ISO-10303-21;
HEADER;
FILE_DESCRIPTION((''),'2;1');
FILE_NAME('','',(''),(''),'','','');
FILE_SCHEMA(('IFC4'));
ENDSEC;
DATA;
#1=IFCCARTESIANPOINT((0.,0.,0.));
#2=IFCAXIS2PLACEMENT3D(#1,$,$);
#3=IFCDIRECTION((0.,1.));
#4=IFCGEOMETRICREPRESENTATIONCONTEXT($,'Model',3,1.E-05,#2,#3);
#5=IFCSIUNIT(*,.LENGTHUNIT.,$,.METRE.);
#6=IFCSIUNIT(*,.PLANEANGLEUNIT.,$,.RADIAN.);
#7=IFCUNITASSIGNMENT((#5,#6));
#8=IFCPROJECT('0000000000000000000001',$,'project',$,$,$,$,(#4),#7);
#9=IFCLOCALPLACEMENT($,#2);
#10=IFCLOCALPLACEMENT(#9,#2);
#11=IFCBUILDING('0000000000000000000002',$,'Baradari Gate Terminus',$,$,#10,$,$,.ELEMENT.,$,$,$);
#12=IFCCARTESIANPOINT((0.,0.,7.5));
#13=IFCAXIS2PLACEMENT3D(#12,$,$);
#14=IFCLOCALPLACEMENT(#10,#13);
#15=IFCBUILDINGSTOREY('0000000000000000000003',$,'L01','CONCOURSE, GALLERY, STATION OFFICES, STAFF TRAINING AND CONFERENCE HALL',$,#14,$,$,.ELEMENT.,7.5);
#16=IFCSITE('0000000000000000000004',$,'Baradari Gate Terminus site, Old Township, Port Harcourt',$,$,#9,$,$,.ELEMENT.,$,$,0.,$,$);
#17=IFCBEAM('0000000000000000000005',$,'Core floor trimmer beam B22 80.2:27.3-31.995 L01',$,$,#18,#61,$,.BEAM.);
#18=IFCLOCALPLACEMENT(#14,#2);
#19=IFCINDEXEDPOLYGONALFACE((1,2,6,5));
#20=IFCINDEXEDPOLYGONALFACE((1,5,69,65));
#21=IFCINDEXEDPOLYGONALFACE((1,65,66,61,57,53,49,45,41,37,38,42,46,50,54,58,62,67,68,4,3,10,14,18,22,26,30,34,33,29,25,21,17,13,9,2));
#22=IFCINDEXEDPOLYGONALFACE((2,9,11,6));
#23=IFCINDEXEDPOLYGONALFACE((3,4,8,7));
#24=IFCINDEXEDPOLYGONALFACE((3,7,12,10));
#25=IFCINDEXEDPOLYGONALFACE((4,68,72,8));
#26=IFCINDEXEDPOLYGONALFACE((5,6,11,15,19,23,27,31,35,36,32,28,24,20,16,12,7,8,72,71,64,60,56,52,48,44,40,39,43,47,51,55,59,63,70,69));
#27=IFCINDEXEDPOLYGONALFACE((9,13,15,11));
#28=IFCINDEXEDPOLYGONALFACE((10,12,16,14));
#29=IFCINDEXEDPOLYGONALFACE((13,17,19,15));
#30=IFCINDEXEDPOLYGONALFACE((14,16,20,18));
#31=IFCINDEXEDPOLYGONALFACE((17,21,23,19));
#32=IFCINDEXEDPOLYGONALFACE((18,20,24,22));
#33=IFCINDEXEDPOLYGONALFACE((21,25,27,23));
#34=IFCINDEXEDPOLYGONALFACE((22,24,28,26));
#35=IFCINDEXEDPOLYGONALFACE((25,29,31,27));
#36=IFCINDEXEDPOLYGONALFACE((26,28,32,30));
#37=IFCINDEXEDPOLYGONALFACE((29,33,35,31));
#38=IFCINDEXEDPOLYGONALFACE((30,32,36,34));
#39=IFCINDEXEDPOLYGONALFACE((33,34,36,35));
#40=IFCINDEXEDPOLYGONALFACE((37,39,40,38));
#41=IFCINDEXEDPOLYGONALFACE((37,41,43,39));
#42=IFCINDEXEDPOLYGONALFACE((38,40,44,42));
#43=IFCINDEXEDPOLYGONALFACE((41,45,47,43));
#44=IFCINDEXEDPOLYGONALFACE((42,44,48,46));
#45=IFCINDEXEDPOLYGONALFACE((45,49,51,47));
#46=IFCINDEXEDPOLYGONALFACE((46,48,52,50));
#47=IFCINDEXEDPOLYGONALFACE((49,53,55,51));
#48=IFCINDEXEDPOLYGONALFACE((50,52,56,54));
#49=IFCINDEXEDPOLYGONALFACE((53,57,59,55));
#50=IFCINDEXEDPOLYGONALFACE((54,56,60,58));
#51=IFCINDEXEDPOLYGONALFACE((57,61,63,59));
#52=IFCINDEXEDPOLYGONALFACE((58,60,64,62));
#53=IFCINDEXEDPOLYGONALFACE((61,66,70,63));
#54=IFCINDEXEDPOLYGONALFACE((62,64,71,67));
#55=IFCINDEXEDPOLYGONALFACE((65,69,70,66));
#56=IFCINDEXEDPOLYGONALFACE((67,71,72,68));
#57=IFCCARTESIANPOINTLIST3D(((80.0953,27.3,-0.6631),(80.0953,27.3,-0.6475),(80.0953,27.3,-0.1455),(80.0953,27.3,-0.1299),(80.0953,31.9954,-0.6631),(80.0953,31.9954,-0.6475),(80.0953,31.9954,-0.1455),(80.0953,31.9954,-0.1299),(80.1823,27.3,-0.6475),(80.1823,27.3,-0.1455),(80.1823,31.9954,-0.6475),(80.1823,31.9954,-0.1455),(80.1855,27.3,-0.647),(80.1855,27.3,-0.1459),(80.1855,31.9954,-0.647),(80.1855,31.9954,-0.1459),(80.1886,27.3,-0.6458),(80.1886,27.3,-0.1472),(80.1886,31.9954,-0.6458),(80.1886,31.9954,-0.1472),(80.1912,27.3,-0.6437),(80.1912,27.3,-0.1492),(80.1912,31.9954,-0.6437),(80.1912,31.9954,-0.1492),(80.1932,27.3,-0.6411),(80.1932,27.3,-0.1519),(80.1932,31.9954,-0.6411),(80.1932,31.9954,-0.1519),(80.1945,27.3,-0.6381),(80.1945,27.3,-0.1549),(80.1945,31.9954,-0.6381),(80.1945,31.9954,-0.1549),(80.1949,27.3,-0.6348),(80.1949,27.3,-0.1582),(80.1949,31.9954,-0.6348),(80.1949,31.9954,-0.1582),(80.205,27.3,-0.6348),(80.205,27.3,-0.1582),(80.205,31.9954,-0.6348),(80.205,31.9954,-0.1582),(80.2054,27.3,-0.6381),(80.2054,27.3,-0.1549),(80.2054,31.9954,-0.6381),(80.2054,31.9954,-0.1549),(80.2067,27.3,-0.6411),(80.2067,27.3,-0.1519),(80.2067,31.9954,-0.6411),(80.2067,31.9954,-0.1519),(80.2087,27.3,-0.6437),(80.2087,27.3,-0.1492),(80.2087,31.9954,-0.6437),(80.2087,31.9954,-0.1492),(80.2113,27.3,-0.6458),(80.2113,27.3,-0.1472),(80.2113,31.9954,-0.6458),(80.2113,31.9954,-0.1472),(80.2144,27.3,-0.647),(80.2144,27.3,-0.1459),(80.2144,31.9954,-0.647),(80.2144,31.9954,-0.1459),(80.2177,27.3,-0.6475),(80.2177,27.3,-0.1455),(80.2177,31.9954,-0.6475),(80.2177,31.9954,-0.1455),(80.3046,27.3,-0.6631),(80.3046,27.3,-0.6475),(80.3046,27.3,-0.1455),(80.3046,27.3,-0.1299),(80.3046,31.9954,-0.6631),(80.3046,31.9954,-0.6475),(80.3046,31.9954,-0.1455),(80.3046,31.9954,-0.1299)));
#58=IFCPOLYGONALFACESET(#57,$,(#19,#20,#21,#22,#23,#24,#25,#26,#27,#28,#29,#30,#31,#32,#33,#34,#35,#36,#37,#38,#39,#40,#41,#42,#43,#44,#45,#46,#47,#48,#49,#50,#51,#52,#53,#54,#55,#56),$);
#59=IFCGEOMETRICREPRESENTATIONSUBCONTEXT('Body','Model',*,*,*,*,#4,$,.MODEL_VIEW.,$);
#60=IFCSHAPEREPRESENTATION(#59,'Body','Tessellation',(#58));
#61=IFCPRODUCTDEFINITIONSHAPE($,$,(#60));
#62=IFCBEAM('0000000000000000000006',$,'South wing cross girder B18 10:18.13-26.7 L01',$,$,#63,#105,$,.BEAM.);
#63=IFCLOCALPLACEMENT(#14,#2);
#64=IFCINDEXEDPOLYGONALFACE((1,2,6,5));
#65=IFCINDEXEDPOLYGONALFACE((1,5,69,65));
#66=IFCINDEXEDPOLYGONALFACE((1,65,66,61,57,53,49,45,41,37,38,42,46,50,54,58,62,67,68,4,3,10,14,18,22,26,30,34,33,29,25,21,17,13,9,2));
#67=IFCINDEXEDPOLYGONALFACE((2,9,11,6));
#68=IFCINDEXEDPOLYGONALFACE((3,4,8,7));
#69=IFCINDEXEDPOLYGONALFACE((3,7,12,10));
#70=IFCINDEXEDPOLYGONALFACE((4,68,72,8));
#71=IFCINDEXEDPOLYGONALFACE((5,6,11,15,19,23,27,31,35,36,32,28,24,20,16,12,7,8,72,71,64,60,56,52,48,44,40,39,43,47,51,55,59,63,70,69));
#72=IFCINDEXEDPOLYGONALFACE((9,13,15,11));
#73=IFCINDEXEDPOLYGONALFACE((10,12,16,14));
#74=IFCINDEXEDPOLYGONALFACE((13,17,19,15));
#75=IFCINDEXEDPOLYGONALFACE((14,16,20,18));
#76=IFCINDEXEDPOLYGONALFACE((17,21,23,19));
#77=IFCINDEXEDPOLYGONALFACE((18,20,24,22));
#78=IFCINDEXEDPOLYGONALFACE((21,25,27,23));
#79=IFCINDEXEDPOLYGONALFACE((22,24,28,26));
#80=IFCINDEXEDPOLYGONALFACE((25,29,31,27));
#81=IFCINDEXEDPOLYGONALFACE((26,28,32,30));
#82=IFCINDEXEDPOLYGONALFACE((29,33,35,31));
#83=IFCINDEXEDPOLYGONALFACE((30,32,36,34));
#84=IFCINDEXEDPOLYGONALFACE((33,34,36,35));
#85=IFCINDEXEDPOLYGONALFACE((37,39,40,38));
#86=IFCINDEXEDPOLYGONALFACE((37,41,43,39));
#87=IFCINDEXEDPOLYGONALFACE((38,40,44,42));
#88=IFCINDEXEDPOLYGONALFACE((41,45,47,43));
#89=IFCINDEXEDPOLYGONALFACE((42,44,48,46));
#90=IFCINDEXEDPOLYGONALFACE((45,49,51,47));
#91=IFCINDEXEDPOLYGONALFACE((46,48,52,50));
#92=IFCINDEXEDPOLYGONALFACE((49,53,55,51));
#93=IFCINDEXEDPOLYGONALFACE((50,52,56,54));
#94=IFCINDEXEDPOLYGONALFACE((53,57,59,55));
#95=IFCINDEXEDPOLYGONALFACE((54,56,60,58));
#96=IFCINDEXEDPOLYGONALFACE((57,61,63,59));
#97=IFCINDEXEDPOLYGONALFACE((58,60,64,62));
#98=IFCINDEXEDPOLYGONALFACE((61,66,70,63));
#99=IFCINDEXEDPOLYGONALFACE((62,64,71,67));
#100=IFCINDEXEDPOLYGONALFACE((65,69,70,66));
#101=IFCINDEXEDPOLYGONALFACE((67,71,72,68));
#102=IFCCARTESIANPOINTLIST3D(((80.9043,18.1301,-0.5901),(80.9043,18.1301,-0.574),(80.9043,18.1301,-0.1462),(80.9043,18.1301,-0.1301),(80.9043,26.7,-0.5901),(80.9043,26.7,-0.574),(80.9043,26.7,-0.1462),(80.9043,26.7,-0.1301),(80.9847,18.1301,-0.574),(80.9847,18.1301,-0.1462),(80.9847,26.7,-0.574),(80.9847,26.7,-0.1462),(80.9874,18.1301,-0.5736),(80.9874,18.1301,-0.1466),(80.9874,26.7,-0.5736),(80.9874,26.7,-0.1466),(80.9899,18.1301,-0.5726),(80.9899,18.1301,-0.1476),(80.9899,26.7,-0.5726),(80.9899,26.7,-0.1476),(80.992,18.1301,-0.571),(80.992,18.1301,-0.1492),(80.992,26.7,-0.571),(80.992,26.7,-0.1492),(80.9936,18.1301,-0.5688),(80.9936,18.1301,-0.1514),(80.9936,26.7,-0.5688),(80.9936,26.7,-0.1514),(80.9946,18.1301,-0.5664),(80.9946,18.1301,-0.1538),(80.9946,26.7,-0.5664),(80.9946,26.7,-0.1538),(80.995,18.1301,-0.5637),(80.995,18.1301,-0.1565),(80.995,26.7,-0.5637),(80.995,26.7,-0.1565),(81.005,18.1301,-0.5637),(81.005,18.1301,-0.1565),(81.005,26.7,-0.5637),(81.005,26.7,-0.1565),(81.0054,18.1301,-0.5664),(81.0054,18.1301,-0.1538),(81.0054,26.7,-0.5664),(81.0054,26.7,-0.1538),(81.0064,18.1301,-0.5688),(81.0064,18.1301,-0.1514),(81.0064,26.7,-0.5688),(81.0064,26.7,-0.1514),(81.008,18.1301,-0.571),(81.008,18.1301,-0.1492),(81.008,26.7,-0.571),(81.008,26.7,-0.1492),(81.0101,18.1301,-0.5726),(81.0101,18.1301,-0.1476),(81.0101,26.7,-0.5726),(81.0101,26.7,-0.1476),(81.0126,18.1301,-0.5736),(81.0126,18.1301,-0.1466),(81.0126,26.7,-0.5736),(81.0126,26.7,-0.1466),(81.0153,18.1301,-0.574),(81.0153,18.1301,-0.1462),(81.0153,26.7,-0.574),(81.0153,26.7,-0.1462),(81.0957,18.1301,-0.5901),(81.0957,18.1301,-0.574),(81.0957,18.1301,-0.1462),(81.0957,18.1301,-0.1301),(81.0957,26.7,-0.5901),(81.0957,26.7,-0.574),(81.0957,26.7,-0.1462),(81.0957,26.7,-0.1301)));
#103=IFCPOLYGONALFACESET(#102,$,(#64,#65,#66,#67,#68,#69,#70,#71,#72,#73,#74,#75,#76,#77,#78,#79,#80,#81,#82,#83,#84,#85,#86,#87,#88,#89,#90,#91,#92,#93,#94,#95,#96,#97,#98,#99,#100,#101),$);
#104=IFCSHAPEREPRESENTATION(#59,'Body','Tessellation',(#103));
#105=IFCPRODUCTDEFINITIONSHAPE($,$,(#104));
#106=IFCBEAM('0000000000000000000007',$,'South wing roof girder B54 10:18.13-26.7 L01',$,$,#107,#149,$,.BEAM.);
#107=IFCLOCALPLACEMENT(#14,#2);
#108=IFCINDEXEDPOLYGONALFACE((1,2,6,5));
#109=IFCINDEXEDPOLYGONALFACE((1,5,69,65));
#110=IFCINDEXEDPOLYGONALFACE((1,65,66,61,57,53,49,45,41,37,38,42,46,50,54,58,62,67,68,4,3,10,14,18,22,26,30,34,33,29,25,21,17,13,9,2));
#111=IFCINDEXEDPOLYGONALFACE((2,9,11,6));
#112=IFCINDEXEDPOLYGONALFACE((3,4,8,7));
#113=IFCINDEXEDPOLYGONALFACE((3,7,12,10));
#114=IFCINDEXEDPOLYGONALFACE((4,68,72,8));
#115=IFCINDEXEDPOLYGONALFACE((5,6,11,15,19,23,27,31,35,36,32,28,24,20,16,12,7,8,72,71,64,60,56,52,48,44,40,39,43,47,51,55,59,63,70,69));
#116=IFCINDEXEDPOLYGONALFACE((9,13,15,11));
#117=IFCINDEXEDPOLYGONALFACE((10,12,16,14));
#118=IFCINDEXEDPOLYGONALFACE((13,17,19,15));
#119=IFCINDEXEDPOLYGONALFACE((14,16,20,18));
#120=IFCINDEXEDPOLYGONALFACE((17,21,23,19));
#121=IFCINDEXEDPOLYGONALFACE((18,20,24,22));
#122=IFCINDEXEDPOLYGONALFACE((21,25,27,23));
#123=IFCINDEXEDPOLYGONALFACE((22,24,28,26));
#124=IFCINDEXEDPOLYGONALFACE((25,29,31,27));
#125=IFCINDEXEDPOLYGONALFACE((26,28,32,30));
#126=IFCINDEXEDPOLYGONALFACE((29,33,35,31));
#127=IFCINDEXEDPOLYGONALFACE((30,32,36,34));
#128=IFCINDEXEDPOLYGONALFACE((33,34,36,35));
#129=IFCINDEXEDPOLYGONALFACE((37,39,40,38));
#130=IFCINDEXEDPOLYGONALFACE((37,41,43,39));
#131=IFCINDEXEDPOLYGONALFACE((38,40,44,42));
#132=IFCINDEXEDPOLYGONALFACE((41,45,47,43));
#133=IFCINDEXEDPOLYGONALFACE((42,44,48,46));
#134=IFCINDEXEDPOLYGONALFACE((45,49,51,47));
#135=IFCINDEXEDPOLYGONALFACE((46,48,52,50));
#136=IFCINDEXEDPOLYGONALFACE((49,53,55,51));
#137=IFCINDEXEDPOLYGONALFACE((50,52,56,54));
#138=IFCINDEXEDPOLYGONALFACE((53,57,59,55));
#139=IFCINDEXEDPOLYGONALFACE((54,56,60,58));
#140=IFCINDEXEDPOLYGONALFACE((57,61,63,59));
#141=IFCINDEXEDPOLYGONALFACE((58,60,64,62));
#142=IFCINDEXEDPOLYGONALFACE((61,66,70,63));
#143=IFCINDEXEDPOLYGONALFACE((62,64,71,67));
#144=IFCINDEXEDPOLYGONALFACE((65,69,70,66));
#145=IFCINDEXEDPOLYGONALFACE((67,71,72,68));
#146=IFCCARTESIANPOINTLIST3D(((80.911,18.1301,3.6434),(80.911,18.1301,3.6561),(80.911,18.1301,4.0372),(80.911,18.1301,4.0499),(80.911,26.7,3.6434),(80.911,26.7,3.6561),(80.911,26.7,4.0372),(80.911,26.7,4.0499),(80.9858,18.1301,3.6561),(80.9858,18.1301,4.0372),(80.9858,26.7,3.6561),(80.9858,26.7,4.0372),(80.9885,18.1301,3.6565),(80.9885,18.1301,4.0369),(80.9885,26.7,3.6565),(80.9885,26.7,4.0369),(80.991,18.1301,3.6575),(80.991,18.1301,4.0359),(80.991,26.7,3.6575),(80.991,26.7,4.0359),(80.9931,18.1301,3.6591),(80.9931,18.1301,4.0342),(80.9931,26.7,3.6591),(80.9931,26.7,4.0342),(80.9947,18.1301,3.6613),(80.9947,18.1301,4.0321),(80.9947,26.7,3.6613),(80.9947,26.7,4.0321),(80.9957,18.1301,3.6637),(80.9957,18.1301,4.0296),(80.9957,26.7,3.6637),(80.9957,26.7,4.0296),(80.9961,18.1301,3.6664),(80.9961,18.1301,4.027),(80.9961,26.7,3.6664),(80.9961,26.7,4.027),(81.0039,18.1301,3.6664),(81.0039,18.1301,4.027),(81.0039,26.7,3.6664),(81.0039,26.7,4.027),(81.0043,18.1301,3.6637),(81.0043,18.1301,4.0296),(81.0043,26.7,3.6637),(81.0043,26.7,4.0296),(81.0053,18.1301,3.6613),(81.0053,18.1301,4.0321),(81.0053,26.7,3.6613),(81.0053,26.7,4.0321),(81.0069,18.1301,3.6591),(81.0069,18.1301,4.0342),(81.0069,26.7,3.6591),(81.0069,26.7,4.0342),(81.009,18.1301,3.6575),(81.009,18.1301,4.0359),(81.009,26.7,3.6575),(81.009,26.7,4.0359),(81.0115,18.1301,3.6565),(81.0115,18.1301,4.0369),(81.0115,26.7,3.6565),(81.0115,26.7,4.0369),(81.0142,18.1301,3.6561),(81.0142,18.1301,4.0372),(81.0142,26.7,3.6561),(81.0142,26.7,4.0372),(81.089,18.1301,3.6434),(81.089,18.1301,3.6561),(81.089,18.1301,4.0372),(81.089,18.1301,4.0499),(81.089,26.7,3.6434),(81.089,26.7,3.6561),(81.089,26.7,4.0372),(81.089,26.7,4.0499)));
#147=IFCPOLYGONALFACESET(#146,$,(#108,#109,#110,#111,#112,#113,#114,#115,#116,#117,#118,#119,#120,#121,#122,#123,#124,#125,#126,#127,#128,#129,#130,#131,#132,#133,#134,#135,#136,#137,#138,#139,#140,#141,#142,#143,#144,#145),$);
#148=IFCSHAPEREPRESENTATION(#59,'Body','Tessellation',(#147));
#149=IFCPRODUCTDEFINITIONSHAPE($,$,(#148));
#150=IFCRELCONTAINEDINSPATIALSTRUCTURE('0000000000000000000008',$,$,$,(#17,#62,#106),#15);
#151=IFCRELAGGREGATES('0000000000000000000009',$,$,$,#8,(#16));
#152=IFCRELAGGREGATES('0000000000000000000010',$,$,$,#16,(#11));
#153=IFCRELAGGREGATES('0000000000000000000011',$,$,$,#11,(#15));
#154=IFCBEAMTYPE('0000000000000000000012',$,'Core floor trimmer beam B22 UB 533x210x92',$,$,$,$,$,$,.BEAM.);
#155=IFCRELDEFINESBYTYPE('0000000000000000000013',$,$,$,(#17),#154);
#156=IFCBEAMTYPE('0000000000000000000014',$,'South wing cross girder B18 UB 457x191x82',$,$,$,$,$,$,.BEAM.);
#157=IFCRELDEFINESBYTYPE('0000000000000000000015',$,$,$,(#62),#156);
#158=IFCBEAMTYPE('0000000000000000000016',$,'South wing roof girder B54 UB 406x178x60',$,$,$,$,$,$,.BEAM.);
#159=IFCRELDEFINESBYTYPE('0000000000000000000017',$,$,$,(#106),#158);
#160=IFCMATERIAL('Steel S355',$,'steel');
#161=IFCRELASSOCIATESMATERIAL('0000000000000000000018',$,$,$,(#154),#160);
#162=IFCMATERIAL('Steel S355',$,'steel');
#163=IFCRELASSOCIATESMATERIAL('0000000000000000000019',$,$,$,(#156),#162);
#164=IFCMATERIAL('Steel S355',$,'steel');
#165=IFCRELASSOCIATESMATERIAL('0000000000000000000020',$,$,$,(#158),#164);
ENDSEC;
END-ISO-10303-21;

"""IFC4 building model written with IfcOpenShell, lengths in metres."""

from ifc_helpers import new_model, si_unit, direction, frame, origin, origin_2d, place, context, subcontext, project, spatial, i_section, extrude, material, material_profile, profile_set, type_object, element, save


model = new_model("IFC4")

# Units and contexts
model_context = context("Model", 3, precision=1e-05, world=origin(), true_north=direction((0.0, 1.0)))
body_context = subcontext(model_context, "Body", "Model", "MODEL_VIEW")
ifc_project = project(units=[si_unit("LENGTHUNIT", "METRE"), si_unit("PLANEANGLEUNIT", "RADIAN")], contexts=[model_context])

# Site, building, storey
site_placement = place(None, origin())
site = spatial("IfcSite", under=ifc_project, at=site_placement, Name="Baradari Gate Terminus site, Old Township, Port Harcourt", CompositionType="ELEMENT", RefElevation=0.0)
building_placement = place(site_placement, origin())
building = spatial("IfcBuilding", under=site, at=building_placement, Name="Baradari Gate Terminus", CompositionType="ELEMENT")
storey_placement = place(building_placement, frame((0.0, 0.0, 7.5)))
storey = spatial("IfcBuildingStorey", under=building, at=storey_placement, Name="L01", Description="CONCOURSE, GALLERY, STATION OFFICES, STAFF TRAINING AND CONFERENCE HALL", CompositionType="ELEMENT", Elevation=7.5)

# Beams
ifc_material_1 = material(Name="Steel S355", Category="steel")
ifc_material_profile_1 = material_profile(ifc_material_1, i_section(OverallWidth=0.2092, OverallDepth=0.5332, WebThickness=0.01, FlangeThickness=0.0156, FilletRadius=0.0127, at=origin_2d()), Name="UB 533x210x92")
ifc_profile_set_1 = profile_set([ifc_material_profile_1], Name="Steel S355")
beam_type_1 = type_object("IfcBeamType", Name="Core floor trimmer beam B22 UB 533x210x92", PredefinedType="BEAM", material=ifc_profile_set_1)
for number, where, z_axis, x_axis, name in (
    (1, (80.2, 27.3, -0.3965), (0.0, 1.0, 0.0), (-1.0, 0.0, 0.0), "Core floor trimmer beam B22 80.2:27.3-31.995 L01"),
):
    element("IfcBeam", number, at=place(storey_placement, frame(where, z_axis=z_axis, x_axis=x_axis)), inside=storey, type_object=beam_type_1, Name=name, PredefinedType="BEAM", context=body_context, shape_type="SweptSolid", body=[
        extrude(i_section(OverallWidth=0.2092, OverallDepth=0.5332, WebThickness=0.01, FlangeThickness=0.0156, FilletRadius=0.0127, at=origin_2d()), origin(), (0.0, 0.0, 1.0), 4.6953),
    ])
ifc_material_2 = material(Name="Steel S355", Category="steel")
ifc_material_profile_2 = material_profile(ifc_material_2, i_section(OverallWidth=0.1914, OverallDepth=0.46, WebThickness=0.01, FlangeThickness=0.0161, FilletRadius=0.0103, at=origin_2d()), Name="UB 457x191x82")
ifc_profile_set_2 = profile_set([ifc_material_profile_2], Name="Steel S355")
beam_type_2 = type_object("IfcBeamType", Name="South wing cross girder B18 UB 457x191x82", PredefinedType="BEAM", material=ifc_profile_set_2)
beam_1_placement = place(storey_placement, frame((81.0, 18.1301, -0.3601), z_axis=(0.0, 1.0, 0.0), x_axis=(-1.0, 0.0, 0.0)))
element("IfcBeam", 2, at=beam_1_placement, inside=storey, type_object=beam_type_2, Name="South wing cross girder B18 10:18.13-26.7 L01", PredefinedType="BEAM", context=body_context, shape_type="SweptSolid", body=[
    extrude(i_section(OverallWidth=0.1914, OverallDepth=0.46, WebThickness=0.01, FlangeThickness=0.0161, FilletRadius=0.0103, at=origin_2d()), origin(), (0.0, 0.0, 1.0), 8.5698),
])
ifc_material_3 = material(Name="Steel S355", Category="steel")
ifc_material_profile_3 = material_profile(ifc_material_3, i_section(OverallWidth=0.178, OverallDepth=0.4065, WebThickness=0.0078, FlangeThickness=0.0127, FilletRadius=0.0103, at=origin_2d()), Name="UB 406x178x60")
ifc_profile_set_3 = profile_set([ifc_material_profile_3], Name="Steel S355")
beam_type_3 = type_object("IfcBeamType", Name="South wing roof girder B54 UB 406x178x60", PredefinedType="BEAM", material=ifc_profile_set_3)
beam_2_placement = place(storey_placement, frame((81.0, 18.1301, 3.8467), z_axis=(0.0, 1.0, 0.0), x_axis=(-1.0, 0.0, 0.0)))
element("IfcBeam", 3, at=beam_2_placement, inside=storey, type_object=beam_type_3, Name="South wing roof girder B54 10:18.13-26.7 L01", PredefinedType="BEAM", context=body_context, shape_type="SweptSolid", body=[
    extrude(i_section(OverallWidth=0.178, OverallDepth=0.4065, WebThickness=0.0078, FlangeThickness=0.0127, FilletRadius=0.0103, at=origin_2d()), origin(), (0.0, 0.0, 1.0), 8.5698),
])

save(model, "model.ifc")
